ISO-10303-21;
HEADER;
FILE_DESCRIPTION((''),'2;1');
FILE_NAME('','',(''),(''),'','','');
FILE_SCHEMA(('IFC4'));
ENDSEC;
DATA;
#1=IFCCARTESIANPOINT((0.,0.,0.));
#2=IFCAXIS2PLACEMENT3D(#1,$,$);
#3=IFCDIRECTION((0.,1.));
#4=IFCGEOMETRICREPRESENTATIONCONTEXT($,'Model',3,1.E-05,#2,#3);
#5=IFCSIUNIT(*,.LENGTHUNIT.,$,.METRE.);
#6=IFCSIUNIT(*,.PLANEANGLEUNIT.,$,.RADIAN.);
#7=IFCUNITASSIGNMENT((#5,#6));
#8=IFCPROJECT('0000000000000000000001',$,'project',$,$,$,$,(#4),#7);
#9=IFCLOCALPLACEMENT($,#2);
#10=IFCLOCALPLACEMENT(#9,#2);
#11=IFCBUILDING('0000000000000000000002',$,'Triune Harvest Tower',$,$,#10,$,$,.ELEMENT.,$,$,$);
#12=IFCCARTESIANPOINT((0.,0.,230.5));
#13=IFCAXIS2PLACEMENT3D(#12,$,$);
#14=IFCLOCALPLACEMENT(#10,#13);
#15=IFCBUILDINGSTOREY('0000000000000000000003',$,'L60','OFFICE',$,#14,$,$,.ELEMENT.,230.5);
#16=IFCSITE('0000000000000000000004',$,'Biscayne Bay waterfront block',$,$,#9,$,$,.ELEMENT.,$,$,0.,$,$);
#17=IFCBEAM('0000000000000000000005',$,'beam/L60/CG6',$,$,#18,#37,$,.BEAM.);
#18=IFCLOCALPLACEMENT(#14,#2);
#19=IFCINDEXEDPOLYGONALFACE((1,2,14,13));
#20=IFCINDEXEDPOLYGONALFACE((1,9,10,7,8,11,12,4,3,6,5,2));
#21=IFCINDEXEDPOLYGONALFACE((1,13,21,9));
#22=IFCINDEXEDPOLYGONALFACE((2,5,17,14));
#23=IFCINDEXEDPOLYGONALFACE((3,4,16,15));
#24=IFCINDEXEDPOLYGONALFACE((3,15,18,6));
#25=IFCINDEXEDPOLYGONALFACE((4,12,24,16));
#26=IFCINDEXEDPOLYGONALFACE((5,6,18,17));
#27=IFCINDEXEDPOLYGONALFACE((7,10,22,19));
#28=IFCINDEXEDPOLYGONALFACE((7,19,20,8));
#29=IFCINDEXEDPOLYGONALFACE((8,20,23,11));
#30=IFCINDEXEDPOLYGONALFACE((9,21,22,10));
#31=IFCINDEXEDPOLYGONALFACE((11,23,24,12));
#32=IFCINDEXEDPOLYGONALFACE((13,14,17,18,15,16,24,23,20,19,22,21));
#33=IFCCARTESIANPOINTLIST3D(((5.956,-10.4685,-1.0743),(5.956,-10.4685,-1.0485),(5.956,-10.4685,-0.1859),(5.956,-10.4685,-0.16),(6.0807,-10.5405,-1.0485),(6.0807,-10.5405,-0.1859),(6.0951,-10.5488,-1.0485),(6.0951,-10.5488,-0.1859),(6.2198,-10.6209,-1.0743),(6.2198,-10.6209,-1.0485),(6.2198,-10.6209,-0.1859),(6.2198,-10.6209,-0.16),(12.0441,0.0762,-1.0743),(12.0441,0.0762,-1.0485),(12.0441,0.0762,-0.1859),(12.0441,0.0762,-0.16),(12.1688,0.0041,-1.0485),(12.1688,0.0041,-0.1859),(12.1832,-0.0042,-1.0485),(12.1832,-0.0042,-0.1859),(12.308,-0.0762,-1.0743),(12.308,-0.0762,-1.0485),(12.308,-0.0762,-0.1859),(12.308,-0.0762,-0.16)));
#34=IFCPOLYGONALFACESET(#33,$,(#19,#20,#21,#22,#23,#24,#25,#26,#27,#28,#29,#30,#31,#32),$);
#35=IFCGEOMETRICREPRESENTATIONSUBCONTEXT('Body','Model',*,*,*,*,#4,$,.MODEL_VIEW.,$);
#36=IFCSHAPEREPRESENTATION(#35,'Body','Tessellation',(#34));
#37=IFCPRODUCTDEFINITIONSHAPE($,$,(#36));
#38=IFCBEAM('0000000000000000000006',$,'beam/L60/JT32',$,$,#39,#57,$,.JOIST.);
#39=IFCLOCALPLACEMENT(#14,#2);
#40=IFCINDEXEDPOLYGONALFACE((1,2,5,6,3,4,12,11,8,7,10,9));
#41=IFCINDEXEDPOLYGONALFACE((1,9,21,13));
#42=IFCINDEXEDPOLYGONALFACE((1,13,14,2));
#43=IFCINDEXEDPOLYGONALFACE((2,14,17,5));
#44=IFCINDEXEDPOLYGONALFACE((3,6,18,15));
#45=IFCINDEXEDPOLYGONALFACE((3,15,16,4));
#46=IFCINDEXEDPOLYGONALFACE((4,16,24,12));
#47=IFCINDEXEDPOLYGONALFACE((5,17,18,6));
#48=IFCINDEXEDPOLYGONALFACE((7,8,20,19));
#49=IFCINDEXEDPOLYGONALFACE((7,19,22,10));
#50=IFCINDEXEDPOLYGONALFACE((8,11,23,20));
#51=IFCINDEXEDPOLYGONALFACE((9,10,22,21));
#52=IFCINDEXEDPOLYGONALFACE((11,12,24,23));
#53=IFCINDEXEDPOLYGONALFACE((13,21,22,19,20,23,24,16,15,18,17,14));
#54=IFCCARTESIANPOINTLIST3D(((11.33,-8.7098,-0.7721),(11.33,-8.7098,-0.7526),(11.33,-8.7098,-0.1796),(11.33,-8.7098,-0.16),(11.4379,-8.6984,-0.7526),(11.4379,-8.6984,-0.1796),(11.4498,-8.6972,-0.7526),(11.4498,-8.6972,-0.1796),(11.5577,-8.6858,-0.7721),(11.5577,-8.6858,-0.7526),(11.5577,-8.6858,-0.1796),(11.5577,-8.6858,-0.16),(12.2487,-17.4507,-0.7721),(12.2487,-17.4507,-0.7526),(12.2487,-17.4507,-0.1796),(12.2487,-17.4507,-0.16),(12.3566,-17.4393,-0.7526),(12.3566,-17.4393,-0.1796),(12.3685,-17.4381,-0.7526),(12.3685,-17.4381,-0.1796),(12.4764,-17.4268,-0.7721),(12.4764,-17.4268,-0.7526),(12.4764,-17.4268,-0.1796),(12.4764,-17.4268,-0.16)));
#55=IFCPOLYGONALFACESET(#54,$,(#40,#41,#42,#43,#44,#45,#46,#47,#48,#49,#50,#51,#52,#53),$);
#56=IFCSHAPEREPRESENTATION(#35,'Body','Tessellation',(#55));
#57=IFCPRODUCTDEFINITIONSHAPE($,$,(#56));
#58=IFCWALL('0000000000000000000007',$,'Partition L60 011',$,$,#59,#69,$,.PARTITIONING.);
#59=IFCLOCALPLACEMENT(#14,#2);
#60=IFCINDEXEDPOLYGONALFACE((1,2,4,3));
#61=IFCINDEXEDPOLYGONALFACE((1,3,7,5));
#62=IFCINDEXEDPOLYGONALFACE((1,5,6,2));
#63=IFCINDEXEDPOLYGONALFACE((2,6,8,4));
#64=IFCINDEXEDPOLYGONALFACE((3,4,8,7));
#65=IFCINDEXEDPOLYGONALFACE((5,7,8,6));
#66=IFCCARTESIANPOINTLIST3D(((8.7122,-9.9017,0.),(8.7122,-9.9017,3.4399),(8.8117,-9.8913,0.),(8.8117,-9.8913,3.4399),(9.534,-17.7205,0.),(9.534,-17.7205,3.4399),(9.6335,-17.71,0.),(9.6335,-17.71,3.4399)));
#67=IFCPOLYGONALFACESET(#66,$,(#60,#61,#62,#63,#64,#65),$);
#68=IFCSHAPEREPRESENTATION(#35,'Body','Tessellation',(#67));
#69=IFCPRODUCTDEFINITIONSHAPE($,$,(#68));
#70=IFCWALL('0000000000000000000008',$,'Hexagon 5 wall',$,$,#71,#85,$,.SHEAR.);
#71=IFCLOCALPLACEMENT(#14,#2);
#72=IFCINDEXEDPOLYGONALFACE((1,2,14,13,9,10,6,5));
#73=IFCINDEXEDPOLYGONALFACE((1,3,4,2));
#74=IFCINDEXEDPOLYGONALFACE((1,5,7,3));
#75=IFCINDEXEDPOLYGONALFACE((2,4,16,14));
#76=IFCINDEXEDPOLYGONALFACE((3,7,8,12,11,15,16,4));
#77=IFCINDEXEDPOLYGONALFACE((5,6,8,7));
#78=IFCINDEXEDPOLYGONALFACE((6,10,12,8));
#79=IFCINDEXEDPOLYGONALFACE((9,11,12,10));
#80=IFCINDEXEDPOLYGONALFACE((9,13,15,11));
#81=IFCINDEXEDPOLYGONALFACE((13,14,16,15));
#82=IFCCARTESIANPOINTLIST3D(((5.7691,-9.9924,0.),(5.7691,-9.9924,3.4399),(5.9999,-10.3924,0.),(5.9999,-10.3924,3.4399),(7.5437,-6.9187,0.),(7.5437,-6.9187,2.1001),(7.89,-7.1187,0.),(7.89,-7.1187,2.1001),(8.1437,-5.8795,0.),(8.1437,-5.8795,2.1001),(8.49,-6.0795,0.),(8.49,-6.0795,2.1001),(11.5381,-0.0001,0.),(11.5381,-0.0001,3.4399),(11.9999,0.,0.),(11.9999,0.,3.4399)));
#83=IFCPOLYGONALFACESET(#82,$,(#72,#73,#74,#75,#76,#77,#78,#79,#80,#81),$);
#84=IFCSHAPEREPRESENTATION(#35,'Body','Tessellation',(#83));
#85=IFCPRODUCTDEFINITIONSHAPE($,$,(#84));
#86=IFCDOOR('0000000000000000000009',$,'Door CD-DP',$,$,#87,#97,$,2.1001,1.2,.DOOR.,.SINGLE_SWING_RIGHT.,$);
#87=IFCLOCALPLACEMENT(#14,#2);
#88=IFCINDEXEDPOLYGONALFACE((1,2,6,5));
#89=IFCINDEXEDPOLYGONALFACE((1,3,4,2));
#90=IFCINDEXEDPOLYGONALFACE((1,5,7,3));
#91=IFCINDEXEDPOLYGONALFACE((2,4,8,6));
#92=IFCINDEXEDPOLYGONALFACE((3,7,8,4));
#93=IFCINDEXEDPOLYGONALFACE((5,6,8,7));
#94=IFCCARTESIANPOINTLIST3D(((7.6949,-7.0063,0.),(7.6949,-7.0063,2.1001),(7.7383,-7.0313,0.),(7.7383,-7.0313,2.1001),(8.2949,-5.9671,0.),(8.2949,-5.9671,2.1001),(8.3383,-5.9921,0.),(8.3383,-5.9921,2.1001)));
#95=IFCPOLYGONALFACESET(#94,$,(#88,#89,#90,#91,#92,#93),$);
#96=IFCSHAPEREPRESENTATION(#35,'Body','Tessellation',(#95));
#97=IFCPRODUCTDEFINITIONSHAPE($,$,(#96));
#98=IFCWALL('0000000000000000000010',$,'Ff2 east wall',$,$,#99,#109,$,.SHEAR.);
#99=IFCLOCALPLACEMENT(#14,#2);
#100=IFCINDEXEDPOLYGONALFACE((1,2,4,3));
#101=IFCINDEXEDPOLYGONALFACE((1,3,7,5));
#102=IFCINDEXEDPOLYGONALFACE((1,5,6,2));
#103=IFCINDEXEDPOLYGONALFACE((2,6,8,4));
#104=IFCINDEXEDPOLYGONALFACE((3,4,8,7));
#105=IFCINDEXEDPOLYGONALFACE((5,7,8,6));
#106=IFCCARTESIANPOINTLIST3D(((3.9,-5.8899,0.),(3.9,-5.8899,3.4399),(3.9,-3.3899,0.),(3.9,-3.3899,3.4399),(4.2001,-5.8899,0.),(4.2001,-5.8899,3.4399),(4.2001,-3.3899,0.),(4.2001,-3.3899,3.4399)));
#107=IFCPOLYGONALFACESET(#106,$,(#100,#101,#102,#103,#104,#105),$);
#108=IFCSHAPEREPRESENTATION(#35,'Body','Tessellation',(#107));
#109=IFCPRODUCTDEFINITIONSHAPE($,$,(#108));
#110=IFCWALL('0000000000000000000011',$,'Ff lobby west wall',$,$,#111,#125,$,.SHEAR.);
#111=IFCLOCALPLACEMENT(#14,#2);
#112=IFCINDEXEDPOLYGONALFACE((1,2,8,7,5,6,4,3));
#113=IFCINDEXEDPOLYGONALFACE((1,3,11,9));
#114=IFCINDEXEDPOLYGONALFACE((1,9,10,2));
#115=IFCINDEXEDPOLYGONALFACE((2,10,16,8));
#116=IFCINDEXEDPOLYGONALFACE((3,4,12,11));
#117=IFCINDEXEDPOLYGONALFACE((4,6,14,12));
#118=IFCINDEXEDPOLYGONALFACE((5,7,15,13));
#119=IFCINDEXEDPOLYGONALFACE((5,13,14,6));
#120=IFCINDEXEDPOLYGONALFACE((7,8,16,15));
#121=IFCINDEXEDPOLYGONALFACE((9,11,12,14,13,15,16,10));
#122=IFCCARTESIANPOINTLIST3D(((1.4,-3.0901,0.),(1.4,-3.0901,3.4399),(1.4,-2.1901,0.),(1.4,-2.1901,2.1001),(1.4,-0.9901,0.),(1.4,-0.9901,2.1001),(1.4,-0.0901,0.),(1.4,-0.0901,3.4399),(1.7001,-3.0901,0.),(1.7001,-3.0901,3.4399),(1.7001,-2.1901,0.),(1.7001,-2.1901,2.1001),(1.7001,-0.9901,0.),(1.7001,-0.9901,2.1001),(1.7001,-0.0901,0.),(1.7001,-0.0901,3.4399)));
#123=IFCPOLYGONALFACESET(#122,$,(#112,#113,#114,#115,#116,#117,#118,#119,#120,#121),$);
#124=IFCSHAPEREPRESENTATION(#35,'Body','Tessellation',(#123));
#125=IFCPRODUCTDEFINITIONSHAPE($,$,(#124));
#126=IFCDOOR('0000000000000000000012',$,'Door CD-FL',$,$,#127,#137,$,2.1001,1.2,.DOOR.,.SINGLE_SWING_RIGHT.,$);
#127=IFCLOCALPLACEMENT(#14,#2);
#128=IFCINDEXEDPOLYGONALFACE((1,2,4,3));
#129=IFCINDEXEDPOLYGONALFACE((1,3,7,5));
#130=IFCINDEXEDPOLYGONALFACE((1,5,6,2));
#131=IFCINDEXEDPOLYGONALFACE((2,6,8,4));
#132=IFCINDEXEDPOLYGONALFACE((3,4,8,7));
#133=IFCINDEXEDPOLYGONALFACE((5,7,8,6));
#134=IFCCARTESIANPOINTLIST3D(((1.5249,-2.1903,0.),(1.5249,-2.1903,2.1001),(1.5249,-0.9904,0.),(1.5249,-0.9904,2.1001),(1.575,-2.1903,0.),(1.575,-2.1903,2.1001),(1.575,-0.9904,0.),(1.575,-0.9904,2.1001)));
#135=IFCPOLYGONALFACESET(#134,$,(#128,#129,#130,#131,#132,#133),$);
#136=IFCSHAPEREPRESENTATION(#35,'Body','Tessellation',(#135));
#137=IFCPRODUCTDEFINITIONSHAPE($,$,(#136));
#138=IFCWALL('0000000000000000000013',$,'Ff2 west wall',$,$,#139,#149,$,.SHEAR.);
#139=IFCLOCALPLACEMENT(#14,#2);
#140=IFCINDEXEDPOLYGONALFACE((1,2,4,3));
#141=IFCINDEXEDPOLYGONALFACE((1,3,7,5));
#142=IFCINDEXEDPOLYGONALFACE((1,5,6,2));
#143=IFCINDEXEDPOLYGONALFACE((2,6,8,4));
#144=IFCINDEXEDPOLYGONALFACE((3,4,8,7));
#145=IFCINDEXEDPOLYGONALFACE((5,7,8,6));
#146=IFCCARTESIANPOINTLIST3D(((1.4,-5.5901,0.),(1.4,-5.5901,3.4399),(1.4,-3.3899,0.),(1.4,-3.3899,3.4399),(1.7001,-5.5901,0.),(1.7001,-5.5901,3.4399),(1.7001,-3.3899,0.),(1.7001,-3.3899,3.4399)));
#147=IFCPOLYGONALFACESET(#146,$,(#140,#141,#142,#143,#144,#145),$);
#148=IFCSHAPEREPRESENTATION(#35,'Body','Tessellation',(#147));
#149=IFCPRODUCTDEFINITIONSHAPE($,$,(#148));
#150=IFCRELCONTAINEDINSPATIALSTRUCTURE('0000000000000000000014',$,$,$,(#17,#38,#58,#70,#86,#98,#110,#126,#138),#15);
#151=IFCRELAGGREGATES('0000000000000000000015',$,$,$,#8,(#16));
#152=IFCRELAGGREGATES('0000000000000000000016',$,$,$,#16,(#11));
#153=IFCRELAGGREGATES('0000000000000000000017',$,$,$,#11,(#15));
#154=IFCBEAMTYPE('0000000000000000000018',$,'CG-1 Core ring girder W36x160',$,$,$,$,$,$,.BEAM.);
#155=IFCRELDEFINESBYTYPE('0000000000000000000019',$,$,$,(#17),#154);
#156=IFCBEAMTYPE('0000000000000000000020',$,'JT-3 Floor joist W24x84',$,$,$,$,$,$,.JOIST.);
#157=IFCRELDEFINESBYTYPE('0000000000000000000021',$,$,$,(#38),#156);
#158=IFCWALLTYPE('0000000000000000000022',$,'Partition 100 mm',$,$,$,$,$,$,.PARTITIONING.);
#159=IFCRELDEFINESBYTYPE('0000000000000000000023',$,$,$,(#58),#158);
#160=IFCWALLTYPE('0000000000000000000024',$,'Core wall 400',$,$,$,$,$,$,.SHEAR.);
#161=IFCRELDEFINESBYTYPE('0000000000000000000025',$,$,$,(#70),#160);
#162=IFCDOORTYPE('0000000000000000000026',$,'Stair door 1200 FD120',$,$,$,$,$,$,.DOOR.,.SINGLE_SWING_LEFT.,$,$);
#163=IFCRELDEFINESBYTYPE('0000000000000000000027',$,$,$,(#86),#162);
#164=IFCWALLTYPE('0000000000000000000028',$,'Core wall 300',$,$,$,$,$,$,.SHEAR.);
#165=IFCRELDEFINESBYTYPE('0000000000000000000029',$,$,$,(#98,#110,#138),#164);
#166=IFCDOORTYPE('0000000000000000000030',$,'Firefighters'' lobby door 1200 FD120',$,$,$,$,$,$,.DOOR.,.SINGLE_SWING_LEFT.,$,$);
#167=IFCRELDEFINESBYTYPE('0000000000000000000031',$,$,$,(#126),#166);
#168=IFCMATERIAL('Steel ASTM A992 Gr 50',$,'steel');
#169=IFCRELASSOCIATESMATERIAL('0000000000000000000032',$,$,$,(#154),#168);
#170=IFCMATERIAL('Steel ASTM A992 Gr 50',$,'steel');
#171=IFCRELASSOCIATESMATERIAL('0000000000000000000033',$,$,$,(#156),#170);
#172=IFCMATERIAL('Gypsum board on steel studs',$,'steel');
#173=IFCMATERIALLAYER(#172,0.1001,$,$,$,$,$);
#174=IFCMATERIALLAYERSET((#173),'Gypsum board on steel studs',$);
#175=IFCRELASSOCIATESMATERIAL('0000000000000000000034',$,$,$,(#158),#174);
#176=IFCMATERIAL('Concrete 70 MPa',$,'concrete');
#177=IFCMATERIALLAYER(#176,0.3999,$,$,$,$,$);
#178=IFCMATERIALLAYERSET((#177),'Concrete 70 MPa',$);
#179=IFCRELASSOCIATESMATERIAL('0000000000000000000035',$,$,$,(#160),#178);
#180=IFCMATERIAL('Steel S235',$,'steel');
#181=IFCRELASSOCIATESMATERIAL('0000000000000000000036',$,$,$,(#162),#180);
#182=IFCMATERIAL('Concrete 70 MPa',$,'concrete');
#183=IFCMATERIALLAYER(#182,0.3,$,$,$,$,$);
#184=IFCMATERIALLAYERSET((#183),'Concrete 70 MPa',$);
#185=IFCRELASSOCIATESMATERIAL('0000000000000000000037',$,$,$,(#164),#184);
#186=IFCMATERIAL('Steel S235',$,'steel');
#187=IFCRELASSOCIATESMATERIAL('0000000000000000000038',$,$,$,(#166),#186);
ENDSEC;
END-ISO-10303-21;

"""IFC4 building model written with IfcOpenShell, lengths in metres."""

from ifc_helpers import new_model, si_unit, direction, frame, frame_2d, origin, origin_2d, place, context, subcontext, project, spatial, polyline, rectangle, i_section, outline, extrude, source, transform, mapped, material, layer, layer_set, material_profile, profile_set, type_object, element, fill, save


model = new_model("IFC4")

# Units and contexts
model_context = context("Model", 3, precision=1e-05, world=origin(), true_north=direction((0.0, 1.0)))
body_context = subcontext(model_context, "Body", "Model", "MODEL_VIEW")
ifc_project = project(units=[si_unit("LENGTHUNIT", "METRE"), si_unit("PLANEANGLEUNIT", "RADIAN")], contexts=[model_context])

# Site, building, storey
site_placement = place(None, origin())
site = spatial("IfcSite", under=ifc_project, at=site_placement, Name="Biscayne Bay waterfront block", CompositionType="ELEMENT", RefElevation=0.0)
building_placement = place(site_placement, origin())
building = spatial("IfcBuilding", under=site, at=building_placement, Name="Triune Harvest Tower", CompositionType="ELEMENT")
storey_placement = place(building_placement, frame((0.0, 0.0, 230.5)))
storey = spatial("IfcBuildingStorey", under=building, at=storey_placement, Name="L60", Description="OFFICE", CompositionType="ELEMENT", Elevation=230.5)

# Beams
ifc_material_1 = material(Name="Steel ASTM A992 Gr 50", Category="steel")
ifc_material_profile_1 = material_profile(ifc_material_1, i_section(OverallWidth=0.3047, OverallDepth=0.9143, WebThickness=0.0166, FlangeThickness=0.0259, at=origin_2d()), Name="W36x160")
ifc_profile_set_1 = profile_set([ifc_material_profile_1], Name="Steel ASTM A992 Gr 50")
beam_type_1 = type_object("IfcBeamType", Name="CG-1 Core ring girder W36x160", PredefinedType="BEAM", material=ifc_profile_set_1)
shared_shape_1 = source(origin(), body_context, "Body", "SweptSolid", [
    extrude(i_section(OverallWidth=0.3047, OverallDepth=0.9143, WebThickness=0.0166, FlangeThickness=0.0259, at=origin_2d()), origin(), (0.0, 0.0, 1.0), 12.176),
])
beam_1_placement = place(storey_placement, frame((6.0879, -10.5447, -0.6172), z_axis=(0.50001, 0.86602, 0.0), x_axis=(-0.86602, 0.50001, 0.0)))
element("IfcBeam", 1, at=beam_1_placement, inside=storey, type_object=beam_type_1, Name="beam/L60/CG6", PredefinedType="BEAM", context=body_context, shape_type="MappedRepresentation", body=[
    mapped(shared_shape_1, transform((0.0, 0.0, 0.0), scale=1.0)),
])
ifc_material_2 = material(Name="Steel ASTM A992 Gr 50", Category="steel")
ifc_material_profile_2 = material_profile(ifc_material_2, i_section(OverallWidth=0.229, OverallDepth=0.6121, WebThickness=0.012, FlangeThickness=0.0195, at=origin_2d()), Name="W24x84")
ifc_profile_set_2 = profile_set([ifc_material_profile_2], Name="Steel ASTM A992 Gr 50")
beam_type_2 = type_object("IfcBeamType", Name="JT-3 Floor joist W24x84", PredefinedType="JOIST", material=ifc_profile_set_2)
shared_shape_2 = source(origin(), body_context, "Body", "SweptSolid", [
    extrude(i_section(OverallWidth=0.229, OverallDepth=0.6121, WebThickness=0.012, FlangeThickness=0.0195, at=origin_2d()), origin(), (0.0, 0.0, 1.0), 8.7891),
])
beam_2_placement = place(storey_placement, frame((12.3625, -17.4387, -0.4661), z_axis=(-0.104527, 0.994522, 0.0), x_axis=(-0.994522, -0.104527, 0.0)))
element("IfcBeam", 2, at=beam_2_placement, inside=storey, type_object=beam_type_2, Name="beam/L60/JT32", PredefinedType="JOIST", context=body_context, shape_type="MappedRepresentation", body=[
    mapped(shared_shape_2, transform((0.0, 0.0, 0.0), scale=1.0)),
])

# Wall
ifc_material_3 = material(Name="Gypsum board on steel studs", Category="steel")
ifc_layer_1 = layer(ifc_material_3, 0.1001)
ifc_layer_set_1 = layer_set([ifc_layer_1], Name="Gypsum board on steel studs")
wall_type_1 = type_object("IfcWallType", Name="Partition 100 mm", PredefinedType="PARTITIONING", material=ifc_layer_set_1)
wall_1_placement = place(storey_placement, frame((8.762, -9.8965, 0.0), z_axis=(0.0, 0.0, 1.0), x_axis=(0.104526, -0.994522, 0.0)))
element("IfcWall", 3, at=wall_1_placement, inside=storey, type_object=wall_type_1, Name="Partition L60 011", PredefinedType="PARTITIONING", context=body_context, shape_type="SweptSolid", body=[
    extrude(rectangle(XDim=7.8618, YDim=0.1001, at=frame_2d((3.9309, 0.0))), origin(), (0.0, 0.0, 1.0), 3.4399),
])

# Wall, opening, door
ifc_material_4 = material(Name="Concrete 70 MPa", Category="concrete")
ifc_layer_2 = layer(ifc_material_4, 0.3999)
ifc_layer_set_2 = layer_set([ifc_layer_2], Name="Concrete 70 MPa")
wall_type_2 = type_object("IfcWallType", Name="Core wall 400", PredefinedType="SHEAR", material=ifc_layer_set_2)
shared_shape_3 = source(origin(), body_context, "Body", "SweptSolid", [
    extrude(outline(polyline([(-0.1155, -0.2), (11.8845, -0.2), (11.6536, 0.2), (0.1155, 0.2), (-0.1155, -0.2)])), origin(), (0.0, 0.0, 1.0), 3.4399),
])
wall_2_placement = place(storey_placement, frame((5.8845, -10.1924, 0.0), z_axis=(0.0, 0.0, 1.0), x_axis=(0.499997, 0.866027, 0.0)))
wall_2 = element("IfcWall", 4, at=wall_2_placement, inside=storey, type_object=wall_type_2, Name="Hexagon 5 wall", PredefinedType="SHEAR", context=body_context, shape_type="MappedRepresentation", body=[
    mapped(shared_shape_3, transform((0.0, 0.0, 0.0), scale=1.0)),
])
opening_1_placement = place(wall_2_placement, frame((3.6646, 0.0, 0.0)))
opening_1 = element("IfcOpeningElement", 5, at=opening_1_placement, cuts=wall_2, PredefinedType="OPENING", context=body_context, shape_type="SweptSolid", body=[
    extrude(rectangle(XDim=1.2, YDim=2.1001, at=frame_2d((0.6001, 1.05))), frame((0.0, 0.21, 0.0), z_axis=(0.0, -1.0, 0.0), x_axis=(1.0, 0.0, 0.0)), (0.0, 0.0, 1.0), 0.4199),
])
ifc_material_5 = material(Name="Steel S235", Category="steel")
door_type_1 = type_object("IfcDoorType", Name="Stair door 1200 FD120", OperationType="SINGLE_SWING_LEFT", PredefinedType="DOOR", material=ifc_material_5)
door_1_placement = place(opening_1_placement, frame((1.2, 0.0, 0.0), z_axis=(0.0, 0.0, 1.0), x_axis=(-1.0, 0.0, 0.0)))
door_1 = element("IfcDoor", 6, at=door_1_placement, inside=storey, type_object=door_type_1, Name="Door CD-DP", OperationType="SINGLE_SWING_RIGHT", OverallHeight=2.1001, OverallWidth=1.2, PredefinedType="DOOR", context=body_context, shape_type="SweptSolid", body=[
    extrude(rectangle(XDim=1.2, YDim=2.1001, at=frame_2d((0.6001, 1.05))), frame((0.0, 0.0249, 0.0), z_axis=(0.0, -1.0, 0.0), x_axis=(1.0, 0.0, 0.0)), (0.0, 0.0, 1.0), 0.05),
])
fill(opening_1, door_1)

# Wall
ifc_material_6 = material(Name="Concrete 70 MPa", Category="concrete")
ifc_layer_3 = layer(ifc_material_6, 0.3)
ifc_layer_set_3 = layer_set([ifc_layer_3], Name="Concrete 70 MPa")
wall_type_3 = type_object("IfcWallType", Name="Core wall 300", PredefinedType="SHEAR", material=ifc_layer_set_3)
shared_shape_4 = source(origin(), body_context, "Body", "SweptSolid", [
    extrude(rectangle(XDim=2.5, YDim=0.3, at=frame_2d((1.25, 0.0))), origin(), (0.0, 0.0, 1.0), 3.4399),
])
wall_3_placement = place(storey_placement, frame((4.05, -5.8899, 0.0), z_axis=(0.0, 0.0, 1.0), x_axis=(0.0, 1.0, 0.0)))
element("IfcWall", 7, at=wall_3_placement, inside=storey, type_object=wall_type_3, Name="Ff2 east wall", PredefinedType="SHEAR", context=body_context, shape_type="MappedRepresentation", body=[
    mapped(shared_shape_4, transform((0.0, 0.0, 0.0), scale=1.0)),
])

# Wall, opening, door
shared_shape_5 = source(origin(), body_context, "Body", "SweptSolid", [
    extrude(rectangle(XDim=3.0, YDim=0.3, at=frame_2d((1.5, 0.0))), origin(), (0.0, 0.0, 1.0), 3.4399),
])
wall_4_placement = place(storey_placement, frame((1.55, -3.0901, 0.0), z_axis=(0.0, 0.0, 1.0), x_axis=(0.0, 1.0, 0.0)))
wall_4 = element("IfcWall", 8, at=wall_4_placement, inside=storey, type_object=wall_type_3, Name="Ff lobby west wall", PredefinedType="SHEAR", context=body_context, shape_type="MappedRepresentation", body=[
    mapped(shared_shape_5, transform((0.0, 0.0, 0.0), scale=1.0)),
])
opening_2_placement = place(wall_4_placement, frame((0.8999, 0.0, 0.0)))
opening_2 = element("IfcOpeningElement", 9, at=opening_2_placement, cuts=wall_4, PredefinedType="OPENING", context=body_context, shape_type="SweptSolid", body=[
    extrude(rectangle(XDim=1.2, YDim=2.1001, at=frame_2d((0.6001, 1.05))), frame((0.0, 0.1602, 0.0), z_axis=(0.0, -1.0, 0.0), x_axis=(1.0, 0.0, 0.0)), (0.0, 0.0, 1.0), 0.3201),
])
ifc_material_7 = material(Name="Steel S235", Category="steel")
door_type_2 = type_object("IfcDoorType", Name="Firefighters' lobby door 1200 FD120", OperationType="SINGLE_SWING_LEFT", PredefinedType="DOOR", material=ifc_material_7)
door_2_placement = place(opening_2_placement, frame((1.2, 0.0, 0.0), z_axis=(0.0, 0.0, 1.0), x_axis=(-1.0, 0.0, 0.0)))
door_2 = element("IfcDoor", 10, at=door_2_placement, inside=storey, type_object=door_type_2, Name="Door CD-FL", OperationType="SINGLE_SWING_RIGHT", OverallHeight=2.1001, OverallWidth=1.2, PredefinedType="DOOR", context=body_context, shape_type="SweptSolid", body=[
    extrude(rectangle(XDim=1.2, YDim=2.1001, at=frame_2d((0.6001, 1.05))), frame((0.0, 0.0249, 0.0), z_axis=(0.0, -1.0, 0.0), x_axis=(1.0, 0.0, 0.0)), (0.0, 0.0, 1.0), 0.05),
])
fill(opening_2, door_2)

# Wall
shared_shape_6 = source(origin(), body_context, "Body", "SweptSolid", [
    extrude(rectangle(XDim=2.2002, YDim=0.3, at=frame_2d((1.1001, 0.0))), origin(), (0.0, 0.0, 1.0), 3.4399),
])
wall_5_placement = place(storey_placement, frame((1.55, -5.5901, 0.0), z_axis=(0.0, 0.0, 1.0), x_axis=(0.0, 1.0, 0.0)))
element("IfcWall", 11, at=wall_5_placement, inside=storey, type_object=wall_type_3, Name="Ff2 west wall", PredefinedType="SHEAR", context=body_context, shape_type="MappedRepresentation", body=[
    mapped(shared_shape_6, transform((0.0, 0.0, 0.0), scale=1.0)),
])

save(model, "model.ifc")
